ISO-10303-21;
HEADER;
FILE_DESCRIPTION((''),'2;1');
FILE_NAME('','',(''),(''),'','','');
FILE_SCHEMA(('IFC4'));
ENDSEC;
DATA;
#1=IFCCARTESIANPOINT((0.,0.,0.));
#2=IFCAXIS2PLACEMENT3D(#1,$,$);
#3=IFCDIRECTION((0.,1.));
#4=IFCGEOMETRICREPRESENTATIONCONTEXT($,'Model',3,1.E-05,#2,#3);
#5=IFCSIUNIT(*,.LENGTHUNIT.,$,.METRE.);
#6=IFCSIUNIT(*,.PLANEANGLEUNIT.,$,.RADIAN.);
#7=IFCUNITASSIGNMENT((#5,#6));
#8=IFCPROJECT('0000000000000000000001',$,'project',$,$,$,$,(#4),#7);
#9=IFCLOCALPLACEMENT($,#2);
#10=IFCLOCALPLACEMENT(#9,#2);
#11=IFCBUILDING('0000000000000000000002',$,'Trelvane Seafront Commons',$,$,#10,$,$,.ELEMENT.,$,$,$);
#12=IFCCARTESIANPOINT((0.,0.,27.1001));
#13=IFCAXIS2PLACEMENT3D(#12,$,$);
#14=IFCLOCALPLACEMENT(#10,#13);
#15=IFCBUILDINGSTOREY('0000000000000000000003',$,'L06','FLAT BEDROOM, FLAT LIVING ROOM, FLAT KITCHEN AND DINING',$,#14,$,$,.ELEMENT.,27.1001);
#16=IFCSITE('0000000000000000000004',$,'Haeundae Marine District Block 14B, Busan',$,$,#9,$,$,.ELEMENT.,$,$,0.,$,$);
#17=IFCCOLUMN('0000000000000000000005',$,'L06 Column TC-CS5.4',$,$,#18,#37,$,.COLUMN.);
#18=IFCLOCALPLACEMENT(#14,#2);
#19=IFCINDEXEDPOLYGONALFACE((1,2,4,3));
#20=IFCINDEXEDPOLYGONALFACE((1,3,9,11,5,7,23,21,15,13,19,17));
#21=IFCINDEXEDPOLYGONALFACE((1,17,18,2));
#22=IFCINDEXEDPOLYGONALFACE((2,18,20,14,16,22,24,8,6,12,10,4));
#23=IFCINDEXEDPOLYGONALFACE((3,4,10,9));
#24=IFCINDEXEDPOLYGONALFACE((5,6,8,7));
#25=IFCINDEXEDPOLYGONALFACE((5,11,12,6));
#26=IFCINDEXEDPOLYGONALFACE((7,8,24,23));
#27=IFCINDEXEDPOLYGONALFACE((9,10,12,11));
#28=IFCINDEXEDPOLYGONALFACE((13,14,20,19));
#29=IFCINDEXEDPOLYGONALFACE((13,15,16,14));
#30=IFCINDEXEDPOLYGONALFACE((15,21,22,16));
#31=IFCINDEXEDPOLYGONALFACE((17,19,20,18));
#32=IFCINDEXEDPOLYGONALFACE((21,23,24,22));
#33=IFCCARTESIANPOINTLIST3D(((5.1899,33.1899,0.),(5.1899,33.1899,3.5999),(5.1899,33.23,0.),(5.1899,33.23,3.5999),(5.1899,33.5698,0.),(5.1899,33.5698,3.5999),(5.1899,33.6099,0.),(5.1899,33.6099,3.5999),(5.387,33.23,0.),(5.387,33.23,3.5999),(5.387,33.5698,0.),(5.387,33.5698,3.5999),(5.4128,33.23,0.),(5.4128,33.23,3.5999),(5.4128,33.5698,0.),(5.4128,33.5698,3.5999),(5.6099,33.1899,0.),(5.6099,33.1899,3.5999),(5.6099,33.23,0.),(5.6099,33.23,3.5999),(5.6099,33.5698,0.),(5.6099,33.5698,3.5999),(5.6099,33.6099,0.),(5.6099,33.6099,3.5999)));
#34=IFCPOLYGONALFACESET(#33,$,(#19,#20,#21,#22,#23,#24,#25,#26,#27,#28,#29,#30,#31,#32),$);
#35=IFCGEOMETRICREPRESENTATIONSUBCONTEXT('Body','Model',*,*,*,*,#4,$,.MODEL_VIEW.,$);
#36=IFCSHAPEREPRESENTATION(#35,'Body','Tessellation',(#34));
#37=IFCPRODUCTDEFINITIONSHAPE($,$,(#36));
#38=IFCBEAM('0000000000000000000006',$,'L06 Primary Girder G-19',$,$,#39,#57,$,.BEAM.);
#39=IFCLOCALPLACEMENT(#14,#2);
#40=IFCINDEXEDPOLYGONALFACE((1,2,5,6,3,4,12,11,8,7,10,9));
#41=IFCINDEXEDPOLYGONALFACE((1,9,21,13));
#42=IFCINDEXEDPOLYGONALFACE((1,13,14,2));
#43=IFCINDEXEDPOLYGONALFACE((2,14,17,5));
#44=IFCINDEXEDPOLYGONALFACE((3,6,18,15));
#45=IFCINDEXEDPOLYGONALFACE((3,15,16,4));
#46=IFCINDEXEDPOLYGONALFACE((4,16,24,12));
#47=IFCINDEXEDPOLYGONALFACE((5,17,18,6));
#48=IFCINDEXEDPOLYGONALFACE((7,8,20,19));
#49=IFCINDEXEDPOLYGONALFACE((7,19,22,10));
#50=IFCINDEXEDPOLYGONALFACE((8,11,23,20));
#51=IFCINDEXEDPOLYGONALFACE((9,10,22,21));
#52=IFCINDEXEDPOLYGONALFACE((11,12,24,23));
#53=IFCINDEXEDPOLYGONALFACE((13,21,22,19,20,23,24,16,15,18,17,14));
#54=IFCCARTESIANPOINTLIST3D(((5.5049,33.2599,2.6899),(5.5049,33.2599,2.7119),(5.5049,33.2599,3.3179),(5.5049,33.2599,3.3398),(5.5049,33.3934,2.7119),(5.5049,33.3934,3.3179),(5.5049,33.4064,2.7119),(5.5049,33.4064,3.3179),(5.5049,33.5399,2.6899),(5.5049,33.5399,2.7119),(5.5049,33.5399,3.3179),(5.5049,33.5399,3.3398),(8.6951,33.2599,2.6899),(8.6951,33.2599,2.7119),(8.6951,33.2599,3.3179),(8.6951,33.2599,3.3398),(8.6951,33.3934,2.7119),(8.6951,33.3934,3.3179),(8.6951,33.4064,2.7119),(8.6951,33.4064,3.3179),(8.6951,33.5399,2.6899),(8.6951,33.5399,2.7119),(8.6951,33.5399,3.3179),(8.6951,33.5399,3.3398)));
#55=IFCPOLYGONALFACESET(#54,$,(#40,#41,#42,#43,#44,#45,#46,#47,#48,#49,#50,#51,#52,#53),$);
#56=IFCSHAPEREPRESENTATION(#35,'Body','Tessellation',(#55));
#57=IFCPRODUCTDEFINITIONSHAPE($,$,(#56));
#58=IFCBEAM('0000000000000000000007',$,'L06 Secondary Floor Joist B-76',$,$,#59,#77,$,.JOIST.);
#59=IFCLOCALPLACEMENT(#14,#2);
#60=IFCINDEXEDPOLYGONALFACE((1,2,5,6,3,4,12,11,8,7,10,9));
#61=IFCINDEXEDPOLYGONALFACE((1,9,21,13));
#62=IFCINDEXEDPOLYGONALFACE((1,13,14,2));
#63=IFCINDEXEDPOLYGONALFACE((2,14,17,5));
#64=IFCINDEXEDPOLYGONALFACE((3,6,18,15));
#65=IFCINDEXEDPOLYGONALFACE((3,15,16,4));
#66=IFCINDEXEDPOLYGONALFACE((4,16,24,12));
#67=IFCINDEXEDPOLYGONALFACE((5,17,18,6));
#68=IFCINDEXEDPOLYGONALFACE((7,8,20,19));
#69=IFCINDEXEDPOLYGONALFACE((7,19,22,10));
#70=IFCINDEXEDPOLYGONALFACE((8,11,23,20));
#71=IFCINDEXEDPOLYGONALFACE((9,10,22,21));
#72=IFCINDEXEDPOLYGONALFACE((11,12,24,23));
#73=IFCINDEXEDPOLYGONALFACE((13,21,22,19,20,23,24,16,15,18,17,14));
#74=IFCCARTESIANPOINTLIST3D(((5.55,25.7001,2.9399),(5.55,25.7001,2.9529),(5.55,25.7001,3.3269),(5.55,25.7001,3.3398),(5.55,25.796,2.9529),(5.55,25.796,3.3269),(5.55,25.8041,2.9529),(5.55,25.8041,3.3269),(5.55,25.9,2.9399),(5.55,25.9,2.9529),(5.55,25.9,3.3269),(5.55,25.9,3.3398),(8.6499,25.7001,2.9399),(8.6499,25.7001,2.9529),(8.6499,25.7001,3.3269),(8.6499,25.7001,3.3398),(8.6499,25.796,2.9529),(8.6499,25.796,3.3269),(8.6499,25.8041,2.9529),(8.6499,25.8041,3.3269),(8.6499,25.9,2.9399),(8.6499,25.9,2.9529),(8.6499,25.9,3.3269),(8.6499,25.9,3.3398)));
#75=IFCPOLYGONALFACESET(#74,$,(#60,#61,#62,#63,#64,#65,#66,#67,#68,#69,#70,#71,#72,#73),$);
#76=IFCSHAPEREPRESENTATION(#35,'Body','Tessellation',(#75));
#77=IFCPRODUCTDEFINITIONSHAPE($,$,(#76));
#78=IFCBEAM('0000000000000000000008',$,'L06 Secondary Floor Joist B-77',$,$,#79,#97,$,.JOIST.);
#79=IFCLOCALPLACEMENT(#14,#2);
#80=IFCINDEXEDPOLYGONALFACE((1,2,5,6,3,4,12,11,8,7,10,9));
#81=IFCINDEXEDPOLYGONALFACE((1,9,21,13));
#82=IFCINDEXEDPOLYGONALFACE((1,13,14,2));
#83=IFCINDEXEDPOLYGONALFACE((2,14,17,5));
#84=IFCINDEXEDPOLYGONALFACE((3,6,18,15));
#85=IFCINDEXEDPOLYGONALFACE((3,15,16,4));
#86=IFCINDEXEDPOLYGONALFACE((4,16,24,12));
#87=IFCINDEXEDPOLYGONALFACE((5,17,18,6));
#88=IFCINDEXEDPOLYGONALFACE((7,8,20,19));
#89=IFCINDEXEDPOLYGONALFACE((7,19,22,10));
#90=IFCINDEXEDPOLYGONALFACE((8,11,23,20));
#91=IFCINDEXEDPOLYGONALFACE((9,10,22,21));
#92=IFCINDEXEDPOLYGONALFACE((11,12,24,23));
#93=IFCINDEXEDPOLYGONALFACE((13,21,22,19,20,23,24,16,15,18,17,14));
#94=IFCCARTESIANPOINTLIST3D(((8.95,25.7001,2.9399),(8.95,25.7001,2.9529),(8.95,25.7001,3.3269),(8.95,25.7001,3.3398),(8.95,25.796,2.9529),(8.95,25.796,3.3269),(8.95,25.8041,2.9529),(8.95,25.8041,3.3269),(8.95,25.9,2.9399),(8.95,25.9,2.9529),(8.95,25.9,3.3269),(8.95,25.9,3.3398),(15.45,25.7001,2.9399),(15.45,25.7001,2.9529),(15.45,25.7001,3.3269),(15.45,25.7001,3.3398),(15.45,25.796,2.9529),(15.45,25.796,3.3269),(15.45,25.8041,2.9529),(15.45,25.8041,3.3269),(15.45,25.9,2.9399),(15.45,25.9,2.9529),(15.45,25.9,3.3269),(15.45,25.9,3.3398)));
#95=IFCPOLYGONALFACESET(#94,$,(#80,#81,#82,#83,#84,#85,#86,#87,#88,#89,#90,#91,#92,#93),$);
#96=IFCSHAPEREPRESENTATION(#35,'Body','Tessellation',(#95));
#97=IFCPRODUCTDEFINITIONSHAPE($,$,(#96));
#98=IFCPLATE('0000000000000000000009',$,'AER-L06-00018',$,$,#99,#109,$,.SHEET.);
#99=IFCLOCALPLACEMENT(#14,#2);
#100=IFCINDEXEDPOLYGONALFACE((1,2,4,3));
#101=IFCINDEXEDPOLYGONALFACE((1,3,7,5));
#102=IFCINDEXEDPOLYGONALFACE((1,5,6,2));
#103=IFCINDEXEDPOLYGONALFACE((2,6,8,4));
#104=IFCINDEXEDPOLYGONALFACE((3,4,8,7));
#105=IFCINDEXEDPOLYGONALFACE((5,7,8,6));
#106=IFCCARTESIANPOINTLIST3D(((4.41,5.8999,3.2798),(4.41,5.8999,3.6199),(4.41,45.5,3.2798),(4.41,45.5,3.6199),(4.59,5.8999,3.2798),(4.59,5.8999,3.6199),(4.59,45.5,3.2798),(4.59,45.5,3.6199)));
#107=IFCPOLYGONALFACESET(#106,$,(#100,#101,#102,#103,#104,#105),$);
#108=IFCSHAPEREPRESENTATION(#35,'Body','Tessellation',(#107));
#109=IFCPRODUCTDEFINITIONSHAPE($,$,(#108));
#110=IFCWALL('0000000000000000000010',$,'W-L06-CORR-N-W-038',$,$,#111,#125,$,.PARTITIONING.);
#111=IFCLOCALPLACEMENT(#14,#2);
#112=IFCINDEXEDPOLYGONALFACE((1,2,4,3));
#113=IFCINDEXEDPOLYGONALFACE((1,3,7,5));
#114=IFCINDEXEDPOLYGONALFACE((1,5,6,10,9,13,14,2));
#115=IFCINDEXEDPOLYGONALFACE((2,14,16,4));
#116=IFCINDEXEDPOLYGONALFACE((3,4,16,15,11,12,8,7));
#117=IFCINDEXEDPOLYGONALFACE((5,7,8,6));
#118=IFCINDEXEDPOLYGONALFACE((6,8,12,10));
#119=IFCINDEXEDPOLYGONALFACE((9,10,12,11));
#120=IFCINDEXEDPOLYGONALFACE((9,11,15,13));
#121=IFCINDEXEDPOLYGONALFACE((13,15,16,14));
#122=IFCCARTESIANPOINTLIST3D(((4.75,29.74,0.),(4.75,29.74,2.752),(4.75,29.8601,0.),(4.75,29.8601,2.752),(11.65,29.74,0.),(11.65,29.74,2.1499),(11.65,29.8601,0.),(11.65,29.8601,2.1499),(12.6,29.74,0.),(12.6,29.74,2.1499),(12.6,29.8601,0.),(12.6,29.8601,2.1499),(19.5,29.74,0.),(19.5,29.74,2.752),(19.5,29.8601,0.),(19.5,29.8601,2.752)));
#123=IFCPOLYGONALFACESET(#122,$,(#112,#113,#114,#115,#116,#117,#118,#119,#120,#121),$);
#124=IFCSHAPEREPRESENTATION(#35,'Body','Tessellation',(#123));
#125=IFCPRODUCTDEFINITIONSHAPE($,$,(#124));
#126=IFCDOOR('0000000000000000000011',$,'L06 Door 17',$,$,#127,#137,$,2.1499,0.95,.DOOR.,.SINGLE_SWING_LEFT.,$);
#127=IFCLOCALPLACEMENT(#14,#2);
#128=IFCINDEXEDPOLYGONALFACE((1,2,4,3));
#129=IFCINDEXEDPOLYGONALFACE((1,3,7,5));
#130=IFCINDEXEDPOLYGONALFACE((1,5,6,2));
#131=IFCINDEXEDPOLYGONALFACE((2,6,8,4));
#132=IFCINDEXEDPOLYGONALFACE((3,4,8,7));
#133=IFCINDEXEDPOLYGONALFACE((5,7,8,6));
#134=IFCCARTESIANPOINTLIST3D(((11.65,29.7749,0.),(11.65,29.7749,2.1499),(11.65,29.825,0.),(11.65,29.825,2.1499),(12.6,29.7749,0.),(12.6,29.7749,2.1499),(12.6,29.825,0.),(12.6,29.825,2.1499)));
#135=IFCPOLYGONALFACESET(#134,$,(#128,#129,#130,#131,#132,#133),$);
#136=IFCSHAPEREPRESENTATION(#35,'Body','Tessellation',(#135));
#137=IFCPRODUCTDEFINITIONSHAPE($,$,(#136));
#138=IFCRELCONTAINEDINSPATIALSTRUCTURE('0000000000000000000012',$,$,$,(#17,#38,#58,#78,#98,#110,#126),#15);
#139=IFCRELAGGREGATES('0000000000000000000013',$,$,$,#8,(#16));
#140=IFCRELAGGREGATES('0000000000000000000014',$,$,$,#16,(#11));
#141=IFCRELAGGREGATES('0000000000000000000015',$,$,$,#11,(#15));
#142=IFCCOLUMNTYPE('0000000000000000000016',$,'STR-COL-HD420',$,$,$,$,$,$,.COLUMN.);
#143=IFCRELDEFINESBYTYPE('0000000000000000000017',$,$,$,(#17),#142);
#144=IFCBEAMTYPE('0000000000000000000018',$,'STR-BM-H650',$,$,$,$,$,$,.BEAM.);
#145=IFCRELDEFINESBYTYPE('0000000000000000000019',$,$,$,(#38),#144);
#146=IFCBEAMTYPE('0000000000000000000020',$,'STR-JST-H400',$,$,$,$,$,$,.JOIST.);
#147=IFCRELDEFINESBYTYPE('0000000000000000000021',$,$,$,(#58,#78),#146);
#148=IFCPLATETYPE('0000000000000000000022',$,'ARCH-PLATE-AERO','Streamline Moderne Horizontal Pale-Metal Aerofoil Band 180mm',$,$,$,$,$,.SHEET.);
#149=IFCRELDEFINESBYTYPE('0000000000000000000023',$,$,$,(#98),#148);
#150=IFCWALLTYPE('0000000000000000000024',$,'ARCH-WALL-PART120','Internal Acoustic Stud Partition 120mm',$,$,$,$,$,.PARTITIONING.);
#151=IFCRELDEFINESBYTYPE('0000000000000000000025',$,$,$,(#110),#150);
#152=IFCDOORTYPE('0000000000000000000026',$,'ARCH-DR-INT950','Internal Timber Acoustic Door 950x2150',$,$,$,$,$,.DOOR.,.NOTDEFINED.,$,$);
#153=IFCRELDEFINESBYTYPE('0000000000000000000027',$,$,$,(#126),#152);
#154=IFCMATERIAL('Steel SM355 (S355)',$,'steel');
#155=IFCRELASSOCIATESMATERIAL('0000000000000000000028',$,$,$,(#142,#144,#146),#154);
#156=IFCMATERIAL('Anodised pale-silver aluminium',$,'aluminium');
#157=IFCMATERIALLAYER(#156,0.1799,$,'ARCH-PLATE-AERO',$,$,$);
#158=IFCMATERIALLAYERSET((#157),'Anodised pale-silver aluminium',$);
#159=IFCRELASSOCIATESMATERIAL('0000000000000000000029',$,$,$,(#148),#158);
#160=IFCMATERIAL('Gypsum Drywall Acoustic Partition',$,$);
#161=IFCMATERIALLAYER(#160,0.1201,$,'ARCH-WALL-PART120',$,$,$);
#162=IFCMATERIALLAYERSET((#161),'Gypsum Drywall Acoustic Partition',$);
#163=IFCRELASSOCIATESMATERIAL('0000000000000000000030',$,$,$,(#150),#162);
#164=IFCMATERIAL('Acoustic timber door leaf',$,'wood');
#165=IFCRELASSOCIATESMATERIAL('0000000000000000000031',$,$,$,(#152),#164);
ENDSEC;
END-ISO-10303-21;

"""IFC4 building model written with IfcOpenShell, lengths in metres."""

from ifc_helpers import new_model, si_unit, direction, frame, frame_2d, origin, origin_2d, place, context, subcontext, project, spatial, rectangle, i_section, extrude, source, transform, mapped, material, layer, layer_set, material_profile, profile_set, type_object, element, fill, save


model = new_model("IFC4")

# Units and contexts
model_context = context("Model", 3, precision=1e-05, world=origin(), true_north=direction((0.0, 1.0)))
body_context = subcontext(model_context, "Body", "Model", "MODEL_VIEW")
ifc_project = project(units=[si_unit("LENGTHUNIT", "METRE"), si_unit("PLANEANGLEUNIT", "RADIAN")], contexts=[model_context])

# Site, building, storey
site_placement = place(None, origin())
site = spatial("IfcSite", under=ifc_project, at=site_placement, Name="Haeundae Marine District Block 14B, Busan", CompositionType="ELEMENT", RefElevation=0.0)
building_placement = place(site_placement, origin())
building = spatial("IfcBuilding", under=site, at=building_placement, Name="Trelvane Seafront Commons", CompositionType="ELEMENT")
storey_placement = place(building_placement, frame((0.0, 0.0, 27.1001)))
storey = spatial("IfcBuildingStorey", under=building, at=storey_placement, Name="L06", Description="FLAT BEDROOM, FLAT LIVING ROOM, FLAT KITCHEN AND DINING", CompositionType="ELEMENT", Elevation=27.1001)

# Column
ifc_material_1 = material(Name="Steel SM355 (S355)", Category="steel")
ifc_material_profile_1 = material_profile(ifc_material_1, i_section(OverallWidth=0.4199, OverallDepth=0.4199, WebThickness=0.0259, FlangeThickness=0.04, at=origin_2d()), Name="HD-420x420x26x40")
ifc_profile_set_1 = profile_set([ifc_material_profile_1], Name="Steel SM355 (S355)")
column_type = type_object("IfcColumnType", Name="STR-COL-HD420", PredefinedType="COLUMN", material=ifc_profile_set_1)
shared_shape_1 = source(origin(), body_context, "Body", "SweptSolid", [
    extrude(i_section(OverallWidth=0.4199, OverallDepth=0.4199, WebThickness=0.0259, FlangeThickness=0.04, at=origin_2d()), origin(), (0.0, 0.0, 1.0), 3.5999),
])
column_placement = place(storey_placement, frame((5.3999, 33.3999, 0.0), z_axis=(0.0, 0.0, 1.0), x_axis=(1.0, 0.0, 0.0)))
element("IfcColumn", 1, at=column_placement, inside=storey, type_object=column_type, Name="L06 Column TC-CS5.4", PredefinedType="COLUMN", context=body_context, shape_type="MappedRepresentation", body=[
    mapped(shared_shape_1, transform((0.0, 0.0, 0.0), x_axis=(1.0, 0.0, 0.0), y_axis=(0.0, 1.0, 0.0), z_axis=(0.0, 0.0, 1.0), scale=1.0)),
])

# Beams
ifc_material_profile_2 = material_profile(ifc_material_1, i_section(OverallWidth=0.28, OverallDepth=0.6499, WebThickness=0.0129, FlangeThickness=0.022, at=origin_2d()), Name="H-650x280x13x22")
ifc_profile_set_2 = profile_set([ifc_material_profile_2], Name="Steel SM355 (S355)")
beam_type_1 = type_object("IfcBeamType", Name="STR-BM-H650", PredefinedType="BEAM", material=ifc_profile_set_2)
shared_shape_2 = source(origin(), body_context, "Body", "SweptSolid", [
    extrude(i_section(OverallWidth=0.28, OverallDepth=0.6499, WebThickness=0.0129, FlangeThickness=0.022, at=origin_2d()), origin(), (0.0, 0.0, 1.0), 3.1902),
])
beam_1_placement = place(storey_placement, frame((5.5049, 33.3999, 3.0149), z_axis=(1.0, 0.0, 0.0), x_axis=(0.0, 1.0, 0.0)))
element("IfcBeam", 2, at=beam_1_placement, inside=storey, type_object=beam_type_1, Name="L06 Primary Girder G-19", PredefinedType="BEAM", context=body_context, shape_type="MappedRepresentation", body=[
    mapped(shared_shape_2, transform((0.0, 0.0, 0.0), x_axis=(1.0, 0.0, 0.0), y_axis=(0.0, 1.0, 0.0), z_axis=(0.0, 0.0, 1.0), scale=1.0)),
])
ifc_material_profile_3 = material_profile(ifc_material_1, i_section(OverallWidth=0.2, OverallDepth=0.3999, WebThickness=0.0081, FlangeThickness=0.0129, at=origin_2d()), Name="H-400x200x8x13")
ifc_profile_set_3 = profile_set([ifc_material_profile_3], Name="Steel SM355 (S355)")
beam_type_2 = type_object("IfcBeamType", Name="STR-JST-H400", PredefinedType="JOIST", material=ifc_profile_set_3)
shared_shape_3 = source(origin(), body_context, "Body", "SweptSolid", [
    extrude(i_section(OverallWidth=0.2, OverallDepth=0.3999, WebThickness=0.0081, FlangeThickness=0.0129, at=origin_2d()), origin(), (0.0, 0.0, 1.0), 3.0999),
])
beam_2_placement = place(storey_placement, frame((5.55, 25.8, 3.1399), z_axis=(1.0, 0.0, 0.0), x_axis=(0.0, 1.0, 0.0)))
element("IfcBeam", 3, at=beam_2_placement, inside=storey, type_object=beam_type_2, Name="L06 Secondary Floor Joist B-76", PredefinedType="JOIST", context=body_context, shape_type="MappedRepresentation", body=[
    mapped(shared_shape_3, transform((0.0, 0.0, 0.0), x_axis=(1.0, 0.0, 0.0), y_axis=(0.0, 1.0, 0.0), z_axis=(0.0, 0.0, 1.0), scale=1.0)),
])
shared_shape_4 = source(origin(), body_context, "Body", "SweptSolid", [
    extrude(i_section(OverallWidth=0.2, OverallDepth=0.3999, WebThickness=0.0081, FlangeThickness=0.0129, at=origin_2d()), origin(), (0.0, 0.0, 1.0), 6.5),
])
beam_3_placement = place(storey_placement, frame((8.95, 25.8, 3.1399), z_axis=(1.0, 0.0, 0.0), x_axis=(0.0, 1.0, 0.0)))
element("IfcBeam", 4, at=beam_3_placement, inside=storey, type_object=beam_type_2, Name="L06 Secondary Floor Joist B-77", PredefinedType="JOIST", context=body_context, shape_type="MappedRepresentation", body=[
    mapped(shared_shape_4, transform((0.0, 0.0, 0.0), x_axis=(1.0, 0.0, 0.0), y_axis=(0.0, 1.0, 0.0), z_axis=(0.0, 0.0, 1.0), scale=1.0)),
])

# Plate
ifc_material_2 = material(Name="Anodised pale-silver aluminium", Category="aluminium")
ifc_layer_1 = layer(ifc_material_2, 0.1799, Name="ARCH-PLATE-AERO")
ifc_layer_set_1 = layer_set([ifc_layer_1], Name="Anodised pale-silver aluminium")
plate_type = type_object("IfcPlateType", Name="ARCH-PLATE-AERO", Description="Streamline Moderne Horizontal Pale-Metal Aerofoil Band 180mm", PredefinedType="SHEET", material=ifc_layer_set_1)
shared_shape_5 = source(origin(), body_context, "Body", "SweptSolid", [
    extrude(rectangle(XDim=39.6001, YDim=0.1799, at=origin_2d()), origin(), (0.0, 0.0, 1.0), 0.3401),
])
plate_placement = place(storey_placement, frame((4.5, 25.7, 3.2798), z_axis=(0.0, 0.0, 1.0), x_axis=(0.0, 1.0, 0.0)))
element("IfcPlate", 5, at=plate_placement, inside=storey, type_object=plate_type, Name="AER-L06-00018", PredefinedType="SHEET", context=body_context, shape_type="MappedRepresentation", body=[
    mapped(shared_shape_5, transform((0.0, 0.0, 0.0), x_axis=(1.0, 0.0, 0.0), y_axis=(0.0, 1.0, 0.0), z_axis=(0.0, 0.0, 1.0), scale=1.0)),
])

# Wall, opening, door
ifc_material_3 = material(Name="Gypsum Drywall Acoustic Partition")
ifc_layer_2 = layer(ifc_material_3, 0.1201, Name="ARCH-WALL-PART120")
ifc_layer_set_2 = layer_set([ifc_layer_2], Name="Gypsum Drywall Acoustic Partition")
wall_type_1 = type_object("IfcWallType", Name="ARCH-WALL-PART120", Description="Internal Acoustic Stud Partition 120mm", PredefinedType="PARTITIONING", material=ifc_layer_set_2)
wall_1_placement = place(storey_placement, frame((4.75, 29.8, 0.0), z_axis=(0.0, 0.0, 1.0), x_axis=(1.0, 0.0, 0.0)))
wall_1 = element("IfcWall", 6, at=wall_1_placement, inside=storey, type_object=wall_type_1, Name="W-L06-CORR-N-W-038", PredefinedType="PARTITIONING", context=body_context, shape_type="SweptSolid", body=[
    extrude(rectangle(XDim=14.75, YDim=0.1201, at=frame_2d((7.375, 0.0))), origin(), (0.0, 0.0, 1.0), 2.752),
])
opening_1_placement = place(wall_1_placement, frame((6.8999, 0.0, 0.0)))
opening_1 = element("IfcOpeningElement", 7, at=opening_1_placement, cuts=wall_1, PredefinedType="OPENING", context=body_context, shape_type="SweptSolid", body=[
    extrude(rectangle(XDim=0.95, YDim=2.1499, at=frame_2d((0.4751, 1.075))), frame((0.0, 0.0701, 0.0), z_axis=(0.0, -1.0, 0.0), x_axis=(1.0, 0.0, 0.0)), (0.0, 0.0, 1.0), 0.1401),
])
ifc_material_4 = material(Name="Acoustic timber door leaf", Category="wood")
door_type_1 = type_object("IfcDoorType", Name="ARCH-DR-INT950", Description="Internal Timber Acoustic Door 950x2150", OperationType="NOTDEFINED", PredefinedType="DOOR", material=ifc_material_4)
shared_shape_6 = source(origin(), body_context, "Body", "SweptSolid", [
    extrude(rectangle(XDim=0.95, YDim=2.1499, at=frame_2d((0.4751, 1.075))), frame((0.0, 0.0249, 0.0), z_axis=(0.0, -1.0, 0.0), x_axis=(1.0, 0.0, 0.0)), (0.0, 0.0, 1.0), 0.05),
])
door_1_placement = place(opening_1_placement, origin())
door_1 = element("IfcDoor", 8, at=door_1_placement, inside=storey, type_object=door_type_1, Name="L06 Door 17", OperationType="SINGLE_SWING_LEFT", OverallHeight=2.1499, OverallWidth=0.95, PredefinedType="DOOR", context=body_context, shape_type="MappedRepresentation", body=[
    mapped(shared_shape_6, transform((0.0, 0.0, 0.0), x_axis=(1.0, 0.0, 0.0), y_axis=(0.0, 1.0, 0.0), z_axis=(0.0, 0.0, 1.0), scale=1.0)),
])
fill(opening_1, door_1)

save(model, "model.ifc")
